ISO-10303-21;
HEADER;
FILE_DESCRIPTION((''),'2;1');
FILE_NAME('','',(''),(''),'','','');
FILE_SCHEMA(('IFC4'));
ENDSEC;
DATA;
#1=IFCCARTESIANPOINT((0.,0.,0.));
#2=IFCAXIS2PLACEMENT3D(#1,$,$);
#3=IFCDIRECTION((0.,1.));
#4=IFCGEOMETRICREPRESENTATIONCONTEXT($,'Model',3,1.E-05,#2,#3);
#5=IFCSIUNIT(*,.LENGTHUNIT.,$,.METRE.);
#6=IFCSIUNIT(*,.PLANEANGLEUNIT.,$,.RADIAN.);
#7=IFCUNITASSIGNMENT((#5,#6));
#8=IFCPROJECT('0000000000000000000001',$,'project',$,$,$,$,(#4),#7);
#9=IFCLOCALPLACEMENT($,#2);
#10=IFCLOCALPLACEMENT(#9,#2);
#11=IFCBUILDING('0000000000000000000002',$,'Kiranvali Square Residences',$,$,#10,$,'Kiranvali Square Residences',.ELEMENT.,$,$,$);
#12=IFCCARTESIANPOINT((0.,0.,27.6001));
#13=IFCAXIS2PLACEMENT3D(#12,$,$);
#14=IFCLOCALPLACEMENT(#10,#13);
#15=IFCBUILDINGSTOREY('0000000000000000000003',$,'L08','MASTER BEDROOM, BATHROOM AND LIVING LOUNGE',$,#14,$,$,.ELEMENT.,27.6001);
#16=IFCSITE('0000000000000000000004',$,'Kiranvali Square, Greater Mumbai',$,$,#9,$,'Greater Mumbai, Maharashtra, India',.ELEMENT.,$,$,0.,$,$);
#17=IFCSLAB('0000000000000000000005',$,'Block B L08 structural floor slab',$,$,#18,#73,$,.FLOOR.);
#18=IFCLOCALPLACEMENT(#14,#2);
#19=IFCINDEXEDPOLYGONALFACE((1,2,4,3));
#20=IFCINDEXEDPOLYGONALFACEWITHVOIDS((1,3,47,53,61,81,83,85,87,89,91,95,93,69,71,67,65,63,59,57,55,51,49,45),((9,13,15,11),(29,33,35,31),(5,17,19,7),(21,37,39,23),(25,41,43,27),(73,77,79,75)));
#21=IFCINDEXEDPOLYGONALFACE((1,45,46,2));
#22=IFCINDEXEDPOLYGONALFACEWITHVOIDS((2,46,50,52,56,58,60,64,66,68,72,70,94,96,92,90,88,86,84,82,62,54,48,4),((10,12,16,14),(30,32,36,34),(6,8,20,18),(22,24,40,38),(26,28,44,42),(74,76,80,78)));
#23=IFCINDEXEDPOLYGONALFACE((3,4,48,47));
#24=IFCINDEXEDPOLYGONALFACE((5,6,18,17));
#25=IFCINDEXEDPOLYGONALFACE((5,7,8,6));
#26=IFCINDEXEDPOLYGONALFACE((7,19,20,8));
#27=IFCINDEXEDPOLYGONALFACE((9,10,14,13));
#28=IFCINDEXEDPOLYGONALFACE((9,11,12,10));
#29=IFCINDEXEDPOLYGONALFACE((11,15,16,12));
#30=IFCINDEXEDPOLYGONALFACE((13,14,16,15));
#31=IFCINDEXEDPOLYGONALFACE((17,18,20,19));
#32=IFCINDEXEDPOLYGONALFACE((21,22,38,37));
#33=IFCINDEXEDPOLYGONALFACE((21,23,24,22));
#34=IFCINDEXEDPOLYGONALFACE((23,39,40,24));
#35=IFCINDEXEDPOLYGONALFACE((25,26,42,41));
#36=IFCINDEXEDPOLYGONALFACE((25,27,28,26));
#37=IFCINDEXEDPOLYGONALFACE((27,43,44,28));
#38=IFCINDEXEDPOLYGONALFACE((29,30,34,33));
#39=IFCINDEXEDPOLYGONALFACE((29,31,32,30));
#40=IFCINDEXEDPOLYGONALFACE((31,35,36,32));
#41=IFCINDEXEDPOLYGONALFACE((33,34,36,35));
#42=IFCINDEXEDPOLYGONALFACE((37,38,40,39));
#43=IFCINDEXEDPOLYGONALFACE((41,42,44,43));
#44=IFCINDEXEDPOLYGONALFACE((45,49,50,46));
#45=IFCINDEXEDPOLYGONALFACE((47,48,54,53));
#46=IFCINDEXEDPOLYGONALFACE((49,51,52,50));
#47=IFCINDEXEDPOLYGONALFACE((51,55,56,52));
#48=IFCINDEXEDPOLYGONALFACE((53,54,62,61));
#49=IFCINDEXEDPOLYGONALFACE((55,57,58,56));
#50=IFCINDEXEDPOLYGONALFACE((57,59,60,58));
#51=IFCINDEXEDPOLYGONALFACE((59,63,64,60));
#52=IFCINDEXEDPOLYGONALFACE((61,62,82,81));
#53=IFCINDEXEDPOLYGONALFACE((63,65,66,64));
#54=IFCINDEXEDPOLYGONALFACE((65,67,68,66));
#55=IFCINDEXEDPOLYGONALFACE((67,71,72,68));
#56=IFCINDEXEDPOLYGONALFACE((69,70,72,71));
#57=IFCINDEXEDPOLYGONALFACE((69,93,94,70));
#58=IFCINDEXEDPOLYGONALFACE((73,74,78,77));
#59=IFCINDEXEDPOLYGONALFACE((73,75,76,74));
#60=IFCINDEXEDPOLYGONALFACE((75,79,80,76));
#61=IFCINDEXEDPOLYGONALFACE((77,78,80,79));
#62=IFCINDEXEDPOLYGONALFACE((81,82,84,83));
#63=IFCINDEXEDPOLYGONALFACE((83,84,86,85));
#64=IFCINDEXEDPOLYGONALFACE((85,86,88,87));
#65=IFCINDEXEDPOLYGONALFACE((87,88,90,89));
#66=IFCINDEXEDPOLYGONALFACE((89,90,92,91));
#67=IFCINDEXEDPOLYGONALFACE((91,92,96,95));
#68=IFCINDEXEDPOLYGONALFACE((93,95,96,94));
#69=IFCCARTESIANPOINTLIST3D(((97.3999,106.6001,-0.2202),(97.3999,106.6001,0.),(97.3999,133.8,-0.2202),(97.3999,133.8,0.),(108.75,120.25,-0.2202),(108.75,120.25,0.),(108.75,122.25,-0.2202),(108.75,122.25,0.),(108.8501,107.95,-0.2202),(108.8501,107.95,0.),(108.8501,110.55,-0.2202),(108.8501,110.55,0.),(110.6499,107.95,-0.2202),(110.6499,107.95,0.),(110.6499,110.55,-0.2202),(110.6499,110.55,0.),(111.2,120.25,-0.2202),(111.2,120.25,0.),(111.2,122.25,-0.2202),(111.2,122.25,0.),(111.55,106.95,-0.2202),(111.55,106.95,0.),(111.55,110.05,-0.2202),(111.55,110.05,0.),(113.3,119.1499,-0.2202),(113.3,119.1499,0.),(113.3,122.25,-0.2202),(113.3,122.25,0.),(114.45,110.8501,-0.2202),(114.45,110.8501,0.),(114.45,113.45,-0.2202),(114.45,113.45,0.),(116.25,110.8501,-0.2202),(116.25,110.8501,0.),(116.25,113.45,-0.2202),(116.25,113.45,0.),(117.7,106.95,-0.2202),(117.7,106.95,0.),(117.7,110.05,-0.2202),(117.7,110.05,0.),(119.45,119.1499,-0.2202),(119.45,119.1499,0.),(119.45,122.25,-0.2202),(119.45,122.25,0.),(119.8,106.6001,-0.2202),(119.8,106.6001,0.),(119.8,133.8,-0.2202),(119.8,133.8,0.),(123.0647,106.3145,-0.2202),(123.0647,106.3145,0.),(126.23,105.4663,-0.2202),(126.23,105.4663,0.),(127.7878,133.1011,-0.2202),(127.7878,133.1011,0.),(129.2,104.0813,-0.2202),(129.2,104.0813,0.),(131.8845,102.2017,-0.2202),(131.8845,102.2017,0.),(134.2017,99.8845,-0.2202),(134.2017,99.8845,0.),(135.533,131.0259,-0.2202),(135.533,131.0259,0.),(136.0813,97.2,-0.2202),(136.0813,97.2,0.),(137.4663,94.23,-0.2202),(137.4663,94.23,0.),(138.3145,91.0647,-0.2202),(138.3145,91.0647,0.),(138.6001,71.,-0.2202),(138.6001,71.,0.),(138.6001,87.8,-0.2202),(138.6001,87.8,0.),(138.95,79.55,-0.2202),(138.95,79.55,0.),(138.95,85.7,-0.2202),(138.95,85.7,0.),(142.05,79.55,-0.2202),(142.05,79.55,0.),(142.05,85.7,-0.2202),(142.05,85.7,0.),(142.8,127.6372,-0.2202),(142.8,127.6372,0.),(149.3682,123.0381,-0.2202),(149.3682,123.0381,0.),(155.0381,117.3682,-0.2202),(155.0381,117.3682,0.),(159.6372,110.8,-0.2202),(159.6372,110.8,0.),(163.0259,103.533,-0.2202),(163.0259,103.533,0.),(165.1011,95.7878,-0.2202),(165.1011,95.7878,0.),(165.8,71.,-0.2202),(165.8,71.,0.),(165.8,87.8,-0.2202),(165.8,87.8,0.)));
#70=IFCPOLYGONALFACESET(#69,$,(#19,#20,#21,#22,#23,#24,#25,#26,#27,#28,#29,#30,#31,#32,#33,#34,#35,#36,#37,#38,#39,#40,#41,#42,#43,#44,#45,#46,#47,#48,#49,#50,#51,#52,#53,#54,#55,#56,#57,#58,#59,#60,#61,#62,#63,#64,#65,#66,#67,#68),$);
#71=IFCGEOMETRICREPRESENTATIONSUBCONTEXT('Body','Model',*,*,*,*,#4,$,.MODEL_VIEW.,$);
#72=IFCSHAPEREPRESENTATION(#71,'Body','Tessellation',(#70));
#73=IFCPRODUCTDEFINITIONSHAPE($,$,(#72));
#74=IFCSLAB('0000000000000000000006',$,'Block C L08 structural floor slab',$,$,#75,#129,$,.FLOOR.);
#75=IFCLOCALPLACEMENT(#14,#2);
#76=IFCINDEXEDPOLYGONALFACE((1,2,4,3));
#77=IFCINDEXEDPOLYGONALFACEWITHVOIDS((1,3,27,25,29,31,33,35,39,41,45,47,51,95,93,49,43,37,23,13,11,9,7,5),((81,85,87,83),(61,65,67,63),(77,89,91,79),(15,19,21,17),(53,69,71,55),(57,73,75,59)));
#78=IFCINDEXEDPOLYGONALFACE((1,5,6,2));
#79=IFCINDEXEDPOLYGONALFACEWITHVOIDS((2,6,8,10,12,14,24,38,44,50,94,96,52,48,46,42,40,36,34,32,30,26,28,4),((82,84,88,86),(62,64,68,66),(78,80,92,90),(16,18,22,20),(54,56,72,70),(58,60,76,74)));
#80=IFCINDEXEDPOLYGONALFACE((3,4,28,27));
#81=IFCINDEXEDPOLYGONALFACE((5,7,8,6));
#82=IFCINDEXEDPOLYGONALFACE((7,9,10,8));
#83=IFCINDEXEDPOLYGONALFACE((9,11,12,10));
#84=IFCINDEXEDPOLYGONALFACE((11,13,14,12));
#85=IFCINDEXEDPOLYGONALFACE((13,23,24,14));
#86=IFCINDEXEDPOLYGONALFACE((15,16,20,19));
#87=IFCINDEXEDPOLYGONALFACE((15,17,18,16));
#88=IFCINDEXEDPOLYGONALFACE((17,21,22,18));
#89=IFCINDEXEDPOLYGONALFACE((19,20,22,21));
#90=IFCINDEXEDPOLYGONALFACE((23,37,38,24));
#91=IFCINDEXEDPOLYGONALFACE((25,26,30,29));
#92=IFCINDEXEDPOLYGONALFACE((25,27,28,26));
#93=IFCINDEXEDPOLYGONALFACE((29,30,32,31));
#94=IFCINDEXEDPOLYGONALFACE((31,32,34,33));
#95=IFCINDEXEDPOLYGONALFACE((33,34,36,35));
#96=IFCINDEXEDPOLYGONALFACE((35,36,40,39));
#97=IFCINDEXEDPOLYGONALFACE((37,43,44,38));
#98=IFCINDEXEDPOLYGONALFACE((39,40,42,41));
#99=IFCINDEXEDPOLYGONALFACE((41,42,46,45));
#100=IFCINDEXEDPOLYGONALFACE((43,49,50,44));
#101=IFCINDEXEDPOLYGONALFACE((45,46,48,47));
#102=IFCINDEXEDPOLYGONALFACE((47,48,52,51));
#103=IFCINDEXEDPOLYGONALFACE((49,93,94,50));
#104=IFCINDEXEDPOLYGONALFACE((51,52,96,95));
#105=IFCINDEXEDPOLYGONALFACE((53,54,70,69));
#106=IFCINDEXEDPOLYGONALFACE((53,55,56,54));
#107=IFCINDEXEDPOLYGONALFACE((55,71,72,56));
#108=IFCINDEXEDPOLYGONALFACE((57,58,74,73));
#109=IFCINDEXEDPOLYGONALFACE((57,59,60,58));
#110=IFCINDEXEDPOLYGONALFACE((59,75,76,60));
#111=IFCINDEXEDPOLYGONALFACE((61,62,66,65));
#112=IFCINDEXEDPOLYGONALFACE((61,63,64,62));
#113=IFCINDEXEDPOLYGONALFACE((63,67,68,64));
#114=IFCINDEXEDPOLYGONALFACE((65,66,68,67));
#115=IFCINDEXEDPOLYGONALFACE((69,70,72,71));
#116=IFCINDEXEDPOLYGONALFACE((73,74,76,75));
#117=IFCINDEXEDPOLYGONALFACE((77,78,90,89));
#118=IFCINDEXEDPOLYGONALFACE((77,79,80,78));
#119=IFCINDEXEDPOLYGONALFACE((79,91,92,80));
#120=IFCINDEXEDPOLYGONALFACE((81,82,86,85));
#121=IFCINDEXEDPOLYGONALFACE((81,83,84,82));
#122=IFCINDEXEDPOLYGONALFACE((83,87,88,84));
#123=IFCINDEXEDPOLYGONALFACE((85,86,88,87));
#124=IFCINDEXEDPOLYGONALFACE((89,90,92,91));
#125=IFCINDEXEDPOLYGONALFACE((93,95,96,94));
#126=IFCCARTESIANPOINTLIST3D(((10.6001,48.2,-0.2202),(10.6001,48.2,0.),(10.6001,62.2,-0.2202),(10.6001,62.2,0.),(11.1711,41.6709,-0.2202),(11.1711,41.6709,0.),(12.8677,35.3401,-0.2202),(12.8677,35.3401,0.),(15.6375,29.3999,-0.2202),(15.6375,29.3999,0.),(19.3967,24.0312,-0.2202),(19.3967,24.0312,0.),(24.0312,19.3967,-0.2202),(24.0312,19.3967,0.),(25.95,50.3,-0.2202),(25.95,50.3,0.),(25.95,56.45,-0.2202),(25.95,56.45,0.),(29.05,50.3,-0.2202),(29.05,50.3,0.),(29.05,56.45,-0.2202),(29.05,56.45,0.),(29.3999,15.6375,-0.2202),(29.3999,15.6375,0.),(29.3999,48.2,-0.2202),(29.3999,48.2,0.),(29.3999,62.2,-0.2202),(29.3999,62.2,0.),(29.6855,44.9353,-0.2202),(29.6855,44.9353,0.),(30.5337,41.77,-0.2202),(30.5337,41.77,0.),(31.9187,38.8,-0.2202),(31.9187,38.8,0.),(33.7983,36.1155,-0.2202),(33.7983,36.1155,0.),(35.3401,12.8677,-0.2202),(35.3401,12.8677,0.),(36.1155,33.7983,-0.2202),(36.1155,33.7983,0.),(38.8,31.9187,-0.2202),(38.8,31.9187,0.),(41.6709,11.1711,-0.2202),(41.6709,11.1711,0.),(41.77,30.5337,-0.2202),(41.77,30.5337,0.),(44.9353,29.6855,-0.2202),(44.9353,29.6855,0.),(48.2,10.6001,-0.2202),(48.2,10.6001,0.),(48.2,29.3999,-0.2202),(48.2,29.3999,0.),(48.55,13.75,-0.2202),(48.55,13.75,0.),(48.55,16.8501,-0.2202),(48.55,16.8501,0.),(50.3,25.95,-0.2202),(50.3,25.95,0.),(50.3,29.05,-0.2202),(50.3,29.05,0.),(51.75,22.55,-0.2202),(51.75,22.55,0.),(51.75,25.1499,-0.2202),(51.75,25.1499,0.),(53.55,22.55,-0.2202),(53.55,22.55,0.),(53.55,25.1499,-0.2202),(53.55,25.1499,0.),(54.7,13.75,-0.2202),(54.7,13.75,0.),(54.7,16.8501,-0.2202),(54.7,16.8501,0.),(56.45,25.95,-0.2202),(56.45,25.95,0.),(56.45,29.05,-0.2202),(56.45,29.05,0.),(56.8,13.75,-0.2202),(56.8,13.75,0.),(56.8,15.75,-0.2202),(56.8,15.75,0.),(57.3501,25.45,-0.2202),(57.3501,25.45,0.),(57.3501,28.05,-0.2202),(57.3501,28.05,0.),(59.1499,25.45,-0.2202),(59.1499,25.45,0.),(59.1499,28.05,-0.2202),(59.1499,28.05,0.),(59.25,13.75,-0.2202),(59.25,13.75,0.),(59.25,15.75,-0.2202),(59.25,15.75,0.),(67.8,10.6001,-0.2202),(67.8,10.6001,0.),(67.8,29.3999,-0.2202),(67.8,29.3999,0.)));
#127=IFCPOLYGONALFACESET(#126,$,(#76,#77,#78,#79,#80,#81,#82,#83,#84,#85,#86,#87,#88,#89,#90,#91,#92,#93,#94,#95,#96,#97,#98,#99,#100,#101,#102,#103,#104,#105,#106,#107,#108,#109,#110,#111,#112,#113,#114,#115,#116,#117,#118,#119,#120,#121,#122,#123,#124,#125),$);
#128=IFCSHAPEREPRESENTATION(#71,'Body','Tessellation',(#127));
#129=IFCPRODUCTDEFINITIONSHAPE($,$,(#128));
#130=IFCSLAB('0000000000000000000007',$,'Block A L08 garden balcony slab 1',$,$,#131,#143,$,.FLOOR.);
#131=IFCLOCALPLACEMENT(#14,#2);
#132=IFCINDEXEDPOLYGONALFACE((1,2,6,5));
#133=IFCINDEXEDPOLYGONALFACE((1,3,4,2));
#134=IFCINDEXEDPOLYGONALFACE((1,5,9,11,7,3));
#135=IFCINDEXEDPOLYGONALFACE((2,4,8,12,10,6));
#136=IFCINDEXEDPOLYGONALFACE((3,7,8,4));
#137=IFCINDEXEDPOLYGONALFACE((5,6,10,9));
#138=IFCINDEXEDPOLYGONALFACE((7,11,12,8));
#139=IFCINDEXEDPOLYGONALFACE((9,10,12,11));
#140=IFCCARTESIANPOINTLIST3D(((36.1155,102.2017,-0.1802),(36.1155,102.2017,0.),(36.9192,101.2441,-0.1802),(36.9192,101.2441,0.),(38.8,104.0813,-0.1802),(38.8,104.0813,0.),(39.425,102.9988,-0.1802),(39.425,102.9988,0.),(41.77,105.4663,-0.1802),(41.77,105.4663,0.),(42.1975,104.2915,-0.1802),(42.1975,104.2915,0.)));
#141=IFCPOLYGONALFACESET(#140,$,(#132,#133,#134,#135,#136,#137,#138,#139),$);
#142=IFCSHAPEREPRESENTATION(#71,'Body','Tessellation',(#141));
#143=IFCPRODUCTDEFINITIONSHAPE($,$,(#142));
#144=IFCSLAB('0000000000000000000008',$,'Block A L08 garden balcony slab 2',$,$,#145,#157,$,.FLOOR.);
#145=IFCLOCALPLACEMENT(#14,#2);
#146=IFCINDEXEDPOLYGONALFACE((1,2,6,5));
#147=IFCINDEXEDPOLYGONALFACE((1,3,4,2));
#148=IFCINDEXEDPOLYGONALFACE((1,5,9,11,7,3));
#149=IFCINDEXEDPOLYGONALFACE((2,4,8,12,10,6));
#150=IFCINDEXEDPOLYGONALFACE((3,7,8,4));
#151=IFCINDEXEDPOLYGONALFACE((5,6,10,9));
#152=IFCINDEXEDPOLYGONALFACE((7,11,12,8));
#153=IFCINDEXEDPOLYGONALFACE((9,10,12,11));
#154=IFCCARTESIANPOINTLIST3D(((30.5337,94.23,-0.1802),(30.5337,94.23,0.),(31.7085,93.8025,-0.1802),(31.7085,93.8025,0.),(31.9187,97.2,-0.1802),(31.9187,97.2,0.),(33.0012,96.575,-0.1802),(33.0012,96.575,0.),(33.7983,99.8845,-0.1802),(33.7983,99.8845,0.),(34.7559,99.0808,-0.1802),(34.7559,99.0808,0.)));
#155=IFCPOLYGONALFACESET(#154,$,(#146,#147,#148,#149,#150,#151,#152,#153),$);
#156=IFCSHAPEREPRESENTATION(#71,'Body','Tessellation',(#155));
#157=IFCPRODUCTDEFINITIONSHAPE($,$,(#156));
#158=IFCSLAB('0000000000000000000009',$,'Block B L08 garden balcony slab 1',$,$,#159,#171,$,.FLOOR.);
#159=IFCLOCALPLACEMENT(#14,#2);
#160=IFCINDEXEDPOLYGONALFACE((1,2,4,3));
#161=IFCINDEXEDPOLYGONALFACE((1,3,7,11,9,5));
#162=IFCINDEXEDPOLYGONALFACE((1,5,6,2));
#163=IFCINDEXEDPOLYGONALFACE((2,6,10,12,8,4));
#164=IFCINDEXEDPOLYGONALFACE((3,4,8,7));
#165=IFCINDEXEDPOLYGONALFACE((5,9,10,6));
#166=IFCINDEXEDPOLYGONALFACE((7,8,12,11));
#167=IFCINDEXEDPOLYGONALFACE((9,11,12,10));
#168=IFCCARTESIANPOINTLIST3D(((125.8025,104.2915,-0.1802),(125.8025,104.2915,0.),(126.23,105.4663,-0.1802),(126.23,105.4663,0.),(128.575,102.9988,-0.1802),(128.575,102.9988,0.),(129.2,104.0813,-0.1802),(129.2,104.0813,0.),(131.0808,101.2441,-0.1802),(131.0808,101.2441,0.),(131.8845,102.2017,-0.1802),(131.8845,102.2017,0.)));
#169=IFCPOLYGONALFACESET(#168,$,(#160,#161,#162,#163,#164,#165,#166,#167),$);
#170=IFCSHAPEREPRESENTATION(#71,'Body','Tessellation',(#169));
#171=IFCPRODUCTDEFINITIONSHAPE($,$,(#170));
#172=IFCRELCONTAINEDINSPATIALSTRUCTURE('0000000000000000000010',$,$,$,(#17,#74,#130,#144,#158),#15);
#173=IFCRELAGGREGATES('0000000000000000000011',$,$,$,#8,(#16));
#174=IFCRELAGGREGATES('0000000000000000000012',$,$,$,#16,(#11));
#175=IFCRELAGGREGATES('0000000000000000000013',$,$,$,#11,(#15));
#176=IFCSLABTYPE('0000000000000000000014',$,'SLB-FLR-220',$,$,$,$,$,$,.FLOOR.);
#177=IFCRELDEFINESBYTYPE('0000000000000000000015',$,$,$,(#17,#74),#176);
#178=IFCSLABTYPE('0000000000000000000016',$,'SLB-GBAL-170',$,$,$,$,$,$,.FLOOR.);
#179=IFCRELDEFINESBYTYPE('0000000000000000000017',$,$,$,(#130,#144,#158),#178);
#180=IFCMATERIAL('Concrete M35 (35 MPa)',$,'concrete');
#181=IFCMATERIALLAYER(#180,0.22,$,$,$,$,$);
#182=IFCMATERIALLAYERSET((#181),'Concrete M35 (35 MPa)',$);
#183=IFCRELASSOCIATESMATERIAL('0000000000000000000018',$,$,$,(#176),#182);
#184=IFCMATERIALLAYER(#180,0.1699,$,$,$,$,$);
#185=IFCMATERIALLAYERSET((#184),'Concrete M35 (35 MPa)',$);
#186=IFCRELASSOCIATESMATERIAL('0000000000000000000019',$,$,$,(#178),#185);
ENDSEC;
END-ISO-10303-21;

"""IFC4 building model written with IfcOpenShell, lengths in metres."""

from ifc_helpers import new_model, si_unit, direction, frame, origin, place, context, subcontext, project, spatial, polyline, outline, extrude, material, layer, layer_set, type_object, element, save


model = new_model("IFC4")

# Units and contexts
model_context = context("Model", 3, precision=1e-05, world=origin(), true_north=direction((0.0, 1.0)))
body_context = subcontext(model_context, "Body", "Model", "MODEL_VIEW")
ifc_project = project(units=[si_unit("LENGTHUNIT", "METRE"), si_unit("PLANEANGLEUNIT", "RADIAN")], contexts=[model_context])

# Site, building, storey
site_placement = place(None, origin())
site = spatial("IfcSite", under=ifc_project, at=site_placement, Name="Kiranvali Square, Greater Mumbai", LongName="Greater Mumbai, Maharashtra, India", CompositionType="ELEMENT", RefElevation=0.0)
building_placement = place(site_placement, origin())
building = spatial("IfcBuilding", under=site, at=building_placement, Name="Kiranvali Square Residences", LongName="Kiranvali Square Residences", CompositionType="ELEMENT")
storey_placement = place(building_placement, frame((0.0, 0.0, 27.6001)))
storey = spatial("IfcBuildingStorey", under=building, at=storey_placement, Name="L08", Description="MASTER BEDROOM, BATHROOM AND LIVING LOUNGE", CompositionType="ELEMENT", Elevation=27.6001)

# Slabs
ifc_material_1 = material(Name="Concrete M35 (35 MPa)", Category="concrete")
ifc_layer_1 = layer(ifc_material_1, 0.22)
ifc_layer_set_1 = layer_set([ifc_layer_1], Name="Concrete M35 (35 MPa)")
slab_type_1 = type_object("IfcSlabType", Name="SLB-FLR-220", PredefinedType="FLOOR", material=ifc_layer_set_1)
slab_1_placement = place(storey_placement, frame((0.0, 0.0, -0.2202)))
element("IfcSlab", 1, at=slab_1_placement, inside=storey, type_object=slab_type_1, Name="Block B L08 structural floor slab", PredefinedType="FLOOR", context=body_context, shape_type="SweptSolid", body=[
    extrude(outline(polyline([(119.8, 106.6001), (123.0647, 106.3145), (126.23, 105.4663), (129.2, 104.0813), (131.8845, 102.2017), (134.2017, 99.8845), (136.0813, 97.2), (137.4663, 94.23), (138.3145, 91.0647), (138.6001, 87.8), (138.6001, 71.0), (165.8, 71.0), (165.8, 87.8), (165.1011, 95.7878), (163.0259, 103.533), (159.6372, 110.8), (155.0381, 117.3682), (149.3682, 123.0381), (142.8, 127.6372), (135.533, 131.0259), (127.7878, 133.1011), (119.8, 133.8), (97.3999, 133.8), (97.3999, 106.6001), (119.8, 106.6001)]), holes=[polyline([(108.75, 120.25), (111.2, 120.25), (111.2, 122.25), (108.75, 122.25), (108.75, 120.25)]), polyline([(108.8501, 107.95), (110.6499, 107.95), (110.6499, 110.55), (108.8501, 110.55), (108.8501, 107.95)]), polyline([(114.45, 110.8501), (116.25, 110.8501), (116.25, 113.45), (114.45, 113.45), (114.45, 110.8501)]), polyline([(113.3, 119.1499), (119.45, 119.1499), (119.45, 122.25), (113.3, 122.25), (113.3, 119.1499)]), polyline([(117.7, 110.05), (111.55, 110.05), (111.55, 106.95), (117.7, 106.95), (117.7, 110.05)]), polyline([(138.95, 85.7), (138.95, 79.55), (142.05, 79.55), (142.05, 85.7), (138.95, 85.7)])]), origin(), (0.0, 0.0, 1.0), 0.2202),
])
slab_2_placement = place(storey_placement, frame((0.0, 0.0, -0.2202)))
element("IfcSlab", 2, at=slab_2_placement, inside=storey, type_object=slab_type_1, Name="Block C L08 structural floor slab", PredefinedType="FLOOR", context=body_context, shape_type="SweptSolid", body=[
    extrude(outline(polyline([(48.2, 29.3999), (44.9353, 29.6855), (41.77, 30.5337), (38.8, 31.9187), (36.1155, 33.7983), (33.7983, 36.1155), (31.9187, 38.8), (30.5337, 41.77), (29.6855, 44.9353), (29.3999, 48.2), (29.3999, 62.2), (10.6001, 62.2), (10.6001, 48.2), (11.1711, 41.6709), (12.8677, 35.3401), (15.6375, 29.3999), (19.3967, 24.0312), (24.0312, 19.3967), (29.3999, 15.6375), (35.3401, 12.8677), (41.6709, 11.1711), (48.2, 10.6001), (67.8, 10.6001), (67.8, 29.3999), (48.2, 29.3999)]), holes=[polyline([(56.8, 13.75), (59.25, 13.75), (59.25, 15.75), (56.8, 15.75), (56.8, 13.75)]), polyline([(57.3501, 25.45), (59.1499, 25.45), (59.1499, 28.05), (57.3501, 28.05), (57.3501, 25.45)]), polyline([(51.75, 22.55), (53.55, 22.55), (53.55, 25.1499), (51.75, 25.1499), (51.75, 22.55)]), polyline([(54.7, 16.8501), (48.55, 16.8501), (48.55, 13.75), (54.7, 13.75), (54.7, 16.8501)]), polyline([(50.3, 25.95), (56.45, 25.95), (56.45, 29.05), (50.3, 29.05), (50.3, 25.95)]), polyline([(29.05, 50.3), (29.05, 56.45), (25.95, 56.45), (25.95, 50.3), (29.05, 50.3)])]), origin(), (0.0, 0.0, 1.0), 0.2202),
])
ifc_layer_2 = layer(ifc_material_1, 0.1699)
ifc_layer_set_2 = layer_set([ifc_layer_2], Name="Concrete M35 (35 MPa)")
slab_type_2 = type_object("IfcSlabType", Name="SLB-GBAL-170", PredefinedType="FLOOR", material=ifc_layer_set_2)
slab_3_placement = place(storey_placement, frame((0.0, 0.0, -0.1802)))
element("IfcSlab", 3, at=slab_3_placement, inside=storey, type_object=slab_type_2, Name="Block A L08 garden balcony slab 1", PredefinedType="FLOOR", context=body_context, shape_type="SweptSolid", body=[
    extrude(outline(polyline([(41.77, 105.4663), (38.8, 104.0813), (36.1155, 102.2017), (36.9192, 101.2441), (39.425, 102.9988), (42.1975, 104.2915), (41.77, 105.4663)])), origin(), (0.0, 0.0, 1.0), 0.1802),
])
slab_4_placement = place(storey_placement, frame((0.0, 0.0, -0.1802)))
element("IfcSlab", 4, at=slab_4_placement, inside=storey, type_object=slab_type_2, Name="Block A L08 garden balcony slab 2", PredefinedType="FLOOR", context=body_context, shape_type="SweptSolid", body=[
    extrude(outline(polyline([(33.7983, 99.8845), (31.9187, 97.2), (30.5337, 94.23), (31.7085, 93.8025), (33.0012, 96.575), (34.7559, 99.0808), (33.7983, 99.8845)])), origin(), (0.0, 0.0, 1.0), 0.1802),
])
slab_5_placement = place(storey_placement, frame((0.0, 0.0, -0.1802)))
element("IfcSlab", 5, at=slab_5_placement, inside=storey, type_object=slab_type_2, Name="Block B L08 garden balcony slab 1", PredefinedType="FLOOR", context=body_context, shape_type="SweptSolid", body=[
    extrude(outline(polyline([(125.8025, 104.2915), (128.575, 102.9988), (131.0808, 101.2441), (131.8845, 102.2017), (129.2, 104.0813), (126.23, 105.4663), (125.8025, 104.2915)])), origin(), (0.0, 0.0, 1.0), 0.1802),
])

save(model, "model.ifc")
